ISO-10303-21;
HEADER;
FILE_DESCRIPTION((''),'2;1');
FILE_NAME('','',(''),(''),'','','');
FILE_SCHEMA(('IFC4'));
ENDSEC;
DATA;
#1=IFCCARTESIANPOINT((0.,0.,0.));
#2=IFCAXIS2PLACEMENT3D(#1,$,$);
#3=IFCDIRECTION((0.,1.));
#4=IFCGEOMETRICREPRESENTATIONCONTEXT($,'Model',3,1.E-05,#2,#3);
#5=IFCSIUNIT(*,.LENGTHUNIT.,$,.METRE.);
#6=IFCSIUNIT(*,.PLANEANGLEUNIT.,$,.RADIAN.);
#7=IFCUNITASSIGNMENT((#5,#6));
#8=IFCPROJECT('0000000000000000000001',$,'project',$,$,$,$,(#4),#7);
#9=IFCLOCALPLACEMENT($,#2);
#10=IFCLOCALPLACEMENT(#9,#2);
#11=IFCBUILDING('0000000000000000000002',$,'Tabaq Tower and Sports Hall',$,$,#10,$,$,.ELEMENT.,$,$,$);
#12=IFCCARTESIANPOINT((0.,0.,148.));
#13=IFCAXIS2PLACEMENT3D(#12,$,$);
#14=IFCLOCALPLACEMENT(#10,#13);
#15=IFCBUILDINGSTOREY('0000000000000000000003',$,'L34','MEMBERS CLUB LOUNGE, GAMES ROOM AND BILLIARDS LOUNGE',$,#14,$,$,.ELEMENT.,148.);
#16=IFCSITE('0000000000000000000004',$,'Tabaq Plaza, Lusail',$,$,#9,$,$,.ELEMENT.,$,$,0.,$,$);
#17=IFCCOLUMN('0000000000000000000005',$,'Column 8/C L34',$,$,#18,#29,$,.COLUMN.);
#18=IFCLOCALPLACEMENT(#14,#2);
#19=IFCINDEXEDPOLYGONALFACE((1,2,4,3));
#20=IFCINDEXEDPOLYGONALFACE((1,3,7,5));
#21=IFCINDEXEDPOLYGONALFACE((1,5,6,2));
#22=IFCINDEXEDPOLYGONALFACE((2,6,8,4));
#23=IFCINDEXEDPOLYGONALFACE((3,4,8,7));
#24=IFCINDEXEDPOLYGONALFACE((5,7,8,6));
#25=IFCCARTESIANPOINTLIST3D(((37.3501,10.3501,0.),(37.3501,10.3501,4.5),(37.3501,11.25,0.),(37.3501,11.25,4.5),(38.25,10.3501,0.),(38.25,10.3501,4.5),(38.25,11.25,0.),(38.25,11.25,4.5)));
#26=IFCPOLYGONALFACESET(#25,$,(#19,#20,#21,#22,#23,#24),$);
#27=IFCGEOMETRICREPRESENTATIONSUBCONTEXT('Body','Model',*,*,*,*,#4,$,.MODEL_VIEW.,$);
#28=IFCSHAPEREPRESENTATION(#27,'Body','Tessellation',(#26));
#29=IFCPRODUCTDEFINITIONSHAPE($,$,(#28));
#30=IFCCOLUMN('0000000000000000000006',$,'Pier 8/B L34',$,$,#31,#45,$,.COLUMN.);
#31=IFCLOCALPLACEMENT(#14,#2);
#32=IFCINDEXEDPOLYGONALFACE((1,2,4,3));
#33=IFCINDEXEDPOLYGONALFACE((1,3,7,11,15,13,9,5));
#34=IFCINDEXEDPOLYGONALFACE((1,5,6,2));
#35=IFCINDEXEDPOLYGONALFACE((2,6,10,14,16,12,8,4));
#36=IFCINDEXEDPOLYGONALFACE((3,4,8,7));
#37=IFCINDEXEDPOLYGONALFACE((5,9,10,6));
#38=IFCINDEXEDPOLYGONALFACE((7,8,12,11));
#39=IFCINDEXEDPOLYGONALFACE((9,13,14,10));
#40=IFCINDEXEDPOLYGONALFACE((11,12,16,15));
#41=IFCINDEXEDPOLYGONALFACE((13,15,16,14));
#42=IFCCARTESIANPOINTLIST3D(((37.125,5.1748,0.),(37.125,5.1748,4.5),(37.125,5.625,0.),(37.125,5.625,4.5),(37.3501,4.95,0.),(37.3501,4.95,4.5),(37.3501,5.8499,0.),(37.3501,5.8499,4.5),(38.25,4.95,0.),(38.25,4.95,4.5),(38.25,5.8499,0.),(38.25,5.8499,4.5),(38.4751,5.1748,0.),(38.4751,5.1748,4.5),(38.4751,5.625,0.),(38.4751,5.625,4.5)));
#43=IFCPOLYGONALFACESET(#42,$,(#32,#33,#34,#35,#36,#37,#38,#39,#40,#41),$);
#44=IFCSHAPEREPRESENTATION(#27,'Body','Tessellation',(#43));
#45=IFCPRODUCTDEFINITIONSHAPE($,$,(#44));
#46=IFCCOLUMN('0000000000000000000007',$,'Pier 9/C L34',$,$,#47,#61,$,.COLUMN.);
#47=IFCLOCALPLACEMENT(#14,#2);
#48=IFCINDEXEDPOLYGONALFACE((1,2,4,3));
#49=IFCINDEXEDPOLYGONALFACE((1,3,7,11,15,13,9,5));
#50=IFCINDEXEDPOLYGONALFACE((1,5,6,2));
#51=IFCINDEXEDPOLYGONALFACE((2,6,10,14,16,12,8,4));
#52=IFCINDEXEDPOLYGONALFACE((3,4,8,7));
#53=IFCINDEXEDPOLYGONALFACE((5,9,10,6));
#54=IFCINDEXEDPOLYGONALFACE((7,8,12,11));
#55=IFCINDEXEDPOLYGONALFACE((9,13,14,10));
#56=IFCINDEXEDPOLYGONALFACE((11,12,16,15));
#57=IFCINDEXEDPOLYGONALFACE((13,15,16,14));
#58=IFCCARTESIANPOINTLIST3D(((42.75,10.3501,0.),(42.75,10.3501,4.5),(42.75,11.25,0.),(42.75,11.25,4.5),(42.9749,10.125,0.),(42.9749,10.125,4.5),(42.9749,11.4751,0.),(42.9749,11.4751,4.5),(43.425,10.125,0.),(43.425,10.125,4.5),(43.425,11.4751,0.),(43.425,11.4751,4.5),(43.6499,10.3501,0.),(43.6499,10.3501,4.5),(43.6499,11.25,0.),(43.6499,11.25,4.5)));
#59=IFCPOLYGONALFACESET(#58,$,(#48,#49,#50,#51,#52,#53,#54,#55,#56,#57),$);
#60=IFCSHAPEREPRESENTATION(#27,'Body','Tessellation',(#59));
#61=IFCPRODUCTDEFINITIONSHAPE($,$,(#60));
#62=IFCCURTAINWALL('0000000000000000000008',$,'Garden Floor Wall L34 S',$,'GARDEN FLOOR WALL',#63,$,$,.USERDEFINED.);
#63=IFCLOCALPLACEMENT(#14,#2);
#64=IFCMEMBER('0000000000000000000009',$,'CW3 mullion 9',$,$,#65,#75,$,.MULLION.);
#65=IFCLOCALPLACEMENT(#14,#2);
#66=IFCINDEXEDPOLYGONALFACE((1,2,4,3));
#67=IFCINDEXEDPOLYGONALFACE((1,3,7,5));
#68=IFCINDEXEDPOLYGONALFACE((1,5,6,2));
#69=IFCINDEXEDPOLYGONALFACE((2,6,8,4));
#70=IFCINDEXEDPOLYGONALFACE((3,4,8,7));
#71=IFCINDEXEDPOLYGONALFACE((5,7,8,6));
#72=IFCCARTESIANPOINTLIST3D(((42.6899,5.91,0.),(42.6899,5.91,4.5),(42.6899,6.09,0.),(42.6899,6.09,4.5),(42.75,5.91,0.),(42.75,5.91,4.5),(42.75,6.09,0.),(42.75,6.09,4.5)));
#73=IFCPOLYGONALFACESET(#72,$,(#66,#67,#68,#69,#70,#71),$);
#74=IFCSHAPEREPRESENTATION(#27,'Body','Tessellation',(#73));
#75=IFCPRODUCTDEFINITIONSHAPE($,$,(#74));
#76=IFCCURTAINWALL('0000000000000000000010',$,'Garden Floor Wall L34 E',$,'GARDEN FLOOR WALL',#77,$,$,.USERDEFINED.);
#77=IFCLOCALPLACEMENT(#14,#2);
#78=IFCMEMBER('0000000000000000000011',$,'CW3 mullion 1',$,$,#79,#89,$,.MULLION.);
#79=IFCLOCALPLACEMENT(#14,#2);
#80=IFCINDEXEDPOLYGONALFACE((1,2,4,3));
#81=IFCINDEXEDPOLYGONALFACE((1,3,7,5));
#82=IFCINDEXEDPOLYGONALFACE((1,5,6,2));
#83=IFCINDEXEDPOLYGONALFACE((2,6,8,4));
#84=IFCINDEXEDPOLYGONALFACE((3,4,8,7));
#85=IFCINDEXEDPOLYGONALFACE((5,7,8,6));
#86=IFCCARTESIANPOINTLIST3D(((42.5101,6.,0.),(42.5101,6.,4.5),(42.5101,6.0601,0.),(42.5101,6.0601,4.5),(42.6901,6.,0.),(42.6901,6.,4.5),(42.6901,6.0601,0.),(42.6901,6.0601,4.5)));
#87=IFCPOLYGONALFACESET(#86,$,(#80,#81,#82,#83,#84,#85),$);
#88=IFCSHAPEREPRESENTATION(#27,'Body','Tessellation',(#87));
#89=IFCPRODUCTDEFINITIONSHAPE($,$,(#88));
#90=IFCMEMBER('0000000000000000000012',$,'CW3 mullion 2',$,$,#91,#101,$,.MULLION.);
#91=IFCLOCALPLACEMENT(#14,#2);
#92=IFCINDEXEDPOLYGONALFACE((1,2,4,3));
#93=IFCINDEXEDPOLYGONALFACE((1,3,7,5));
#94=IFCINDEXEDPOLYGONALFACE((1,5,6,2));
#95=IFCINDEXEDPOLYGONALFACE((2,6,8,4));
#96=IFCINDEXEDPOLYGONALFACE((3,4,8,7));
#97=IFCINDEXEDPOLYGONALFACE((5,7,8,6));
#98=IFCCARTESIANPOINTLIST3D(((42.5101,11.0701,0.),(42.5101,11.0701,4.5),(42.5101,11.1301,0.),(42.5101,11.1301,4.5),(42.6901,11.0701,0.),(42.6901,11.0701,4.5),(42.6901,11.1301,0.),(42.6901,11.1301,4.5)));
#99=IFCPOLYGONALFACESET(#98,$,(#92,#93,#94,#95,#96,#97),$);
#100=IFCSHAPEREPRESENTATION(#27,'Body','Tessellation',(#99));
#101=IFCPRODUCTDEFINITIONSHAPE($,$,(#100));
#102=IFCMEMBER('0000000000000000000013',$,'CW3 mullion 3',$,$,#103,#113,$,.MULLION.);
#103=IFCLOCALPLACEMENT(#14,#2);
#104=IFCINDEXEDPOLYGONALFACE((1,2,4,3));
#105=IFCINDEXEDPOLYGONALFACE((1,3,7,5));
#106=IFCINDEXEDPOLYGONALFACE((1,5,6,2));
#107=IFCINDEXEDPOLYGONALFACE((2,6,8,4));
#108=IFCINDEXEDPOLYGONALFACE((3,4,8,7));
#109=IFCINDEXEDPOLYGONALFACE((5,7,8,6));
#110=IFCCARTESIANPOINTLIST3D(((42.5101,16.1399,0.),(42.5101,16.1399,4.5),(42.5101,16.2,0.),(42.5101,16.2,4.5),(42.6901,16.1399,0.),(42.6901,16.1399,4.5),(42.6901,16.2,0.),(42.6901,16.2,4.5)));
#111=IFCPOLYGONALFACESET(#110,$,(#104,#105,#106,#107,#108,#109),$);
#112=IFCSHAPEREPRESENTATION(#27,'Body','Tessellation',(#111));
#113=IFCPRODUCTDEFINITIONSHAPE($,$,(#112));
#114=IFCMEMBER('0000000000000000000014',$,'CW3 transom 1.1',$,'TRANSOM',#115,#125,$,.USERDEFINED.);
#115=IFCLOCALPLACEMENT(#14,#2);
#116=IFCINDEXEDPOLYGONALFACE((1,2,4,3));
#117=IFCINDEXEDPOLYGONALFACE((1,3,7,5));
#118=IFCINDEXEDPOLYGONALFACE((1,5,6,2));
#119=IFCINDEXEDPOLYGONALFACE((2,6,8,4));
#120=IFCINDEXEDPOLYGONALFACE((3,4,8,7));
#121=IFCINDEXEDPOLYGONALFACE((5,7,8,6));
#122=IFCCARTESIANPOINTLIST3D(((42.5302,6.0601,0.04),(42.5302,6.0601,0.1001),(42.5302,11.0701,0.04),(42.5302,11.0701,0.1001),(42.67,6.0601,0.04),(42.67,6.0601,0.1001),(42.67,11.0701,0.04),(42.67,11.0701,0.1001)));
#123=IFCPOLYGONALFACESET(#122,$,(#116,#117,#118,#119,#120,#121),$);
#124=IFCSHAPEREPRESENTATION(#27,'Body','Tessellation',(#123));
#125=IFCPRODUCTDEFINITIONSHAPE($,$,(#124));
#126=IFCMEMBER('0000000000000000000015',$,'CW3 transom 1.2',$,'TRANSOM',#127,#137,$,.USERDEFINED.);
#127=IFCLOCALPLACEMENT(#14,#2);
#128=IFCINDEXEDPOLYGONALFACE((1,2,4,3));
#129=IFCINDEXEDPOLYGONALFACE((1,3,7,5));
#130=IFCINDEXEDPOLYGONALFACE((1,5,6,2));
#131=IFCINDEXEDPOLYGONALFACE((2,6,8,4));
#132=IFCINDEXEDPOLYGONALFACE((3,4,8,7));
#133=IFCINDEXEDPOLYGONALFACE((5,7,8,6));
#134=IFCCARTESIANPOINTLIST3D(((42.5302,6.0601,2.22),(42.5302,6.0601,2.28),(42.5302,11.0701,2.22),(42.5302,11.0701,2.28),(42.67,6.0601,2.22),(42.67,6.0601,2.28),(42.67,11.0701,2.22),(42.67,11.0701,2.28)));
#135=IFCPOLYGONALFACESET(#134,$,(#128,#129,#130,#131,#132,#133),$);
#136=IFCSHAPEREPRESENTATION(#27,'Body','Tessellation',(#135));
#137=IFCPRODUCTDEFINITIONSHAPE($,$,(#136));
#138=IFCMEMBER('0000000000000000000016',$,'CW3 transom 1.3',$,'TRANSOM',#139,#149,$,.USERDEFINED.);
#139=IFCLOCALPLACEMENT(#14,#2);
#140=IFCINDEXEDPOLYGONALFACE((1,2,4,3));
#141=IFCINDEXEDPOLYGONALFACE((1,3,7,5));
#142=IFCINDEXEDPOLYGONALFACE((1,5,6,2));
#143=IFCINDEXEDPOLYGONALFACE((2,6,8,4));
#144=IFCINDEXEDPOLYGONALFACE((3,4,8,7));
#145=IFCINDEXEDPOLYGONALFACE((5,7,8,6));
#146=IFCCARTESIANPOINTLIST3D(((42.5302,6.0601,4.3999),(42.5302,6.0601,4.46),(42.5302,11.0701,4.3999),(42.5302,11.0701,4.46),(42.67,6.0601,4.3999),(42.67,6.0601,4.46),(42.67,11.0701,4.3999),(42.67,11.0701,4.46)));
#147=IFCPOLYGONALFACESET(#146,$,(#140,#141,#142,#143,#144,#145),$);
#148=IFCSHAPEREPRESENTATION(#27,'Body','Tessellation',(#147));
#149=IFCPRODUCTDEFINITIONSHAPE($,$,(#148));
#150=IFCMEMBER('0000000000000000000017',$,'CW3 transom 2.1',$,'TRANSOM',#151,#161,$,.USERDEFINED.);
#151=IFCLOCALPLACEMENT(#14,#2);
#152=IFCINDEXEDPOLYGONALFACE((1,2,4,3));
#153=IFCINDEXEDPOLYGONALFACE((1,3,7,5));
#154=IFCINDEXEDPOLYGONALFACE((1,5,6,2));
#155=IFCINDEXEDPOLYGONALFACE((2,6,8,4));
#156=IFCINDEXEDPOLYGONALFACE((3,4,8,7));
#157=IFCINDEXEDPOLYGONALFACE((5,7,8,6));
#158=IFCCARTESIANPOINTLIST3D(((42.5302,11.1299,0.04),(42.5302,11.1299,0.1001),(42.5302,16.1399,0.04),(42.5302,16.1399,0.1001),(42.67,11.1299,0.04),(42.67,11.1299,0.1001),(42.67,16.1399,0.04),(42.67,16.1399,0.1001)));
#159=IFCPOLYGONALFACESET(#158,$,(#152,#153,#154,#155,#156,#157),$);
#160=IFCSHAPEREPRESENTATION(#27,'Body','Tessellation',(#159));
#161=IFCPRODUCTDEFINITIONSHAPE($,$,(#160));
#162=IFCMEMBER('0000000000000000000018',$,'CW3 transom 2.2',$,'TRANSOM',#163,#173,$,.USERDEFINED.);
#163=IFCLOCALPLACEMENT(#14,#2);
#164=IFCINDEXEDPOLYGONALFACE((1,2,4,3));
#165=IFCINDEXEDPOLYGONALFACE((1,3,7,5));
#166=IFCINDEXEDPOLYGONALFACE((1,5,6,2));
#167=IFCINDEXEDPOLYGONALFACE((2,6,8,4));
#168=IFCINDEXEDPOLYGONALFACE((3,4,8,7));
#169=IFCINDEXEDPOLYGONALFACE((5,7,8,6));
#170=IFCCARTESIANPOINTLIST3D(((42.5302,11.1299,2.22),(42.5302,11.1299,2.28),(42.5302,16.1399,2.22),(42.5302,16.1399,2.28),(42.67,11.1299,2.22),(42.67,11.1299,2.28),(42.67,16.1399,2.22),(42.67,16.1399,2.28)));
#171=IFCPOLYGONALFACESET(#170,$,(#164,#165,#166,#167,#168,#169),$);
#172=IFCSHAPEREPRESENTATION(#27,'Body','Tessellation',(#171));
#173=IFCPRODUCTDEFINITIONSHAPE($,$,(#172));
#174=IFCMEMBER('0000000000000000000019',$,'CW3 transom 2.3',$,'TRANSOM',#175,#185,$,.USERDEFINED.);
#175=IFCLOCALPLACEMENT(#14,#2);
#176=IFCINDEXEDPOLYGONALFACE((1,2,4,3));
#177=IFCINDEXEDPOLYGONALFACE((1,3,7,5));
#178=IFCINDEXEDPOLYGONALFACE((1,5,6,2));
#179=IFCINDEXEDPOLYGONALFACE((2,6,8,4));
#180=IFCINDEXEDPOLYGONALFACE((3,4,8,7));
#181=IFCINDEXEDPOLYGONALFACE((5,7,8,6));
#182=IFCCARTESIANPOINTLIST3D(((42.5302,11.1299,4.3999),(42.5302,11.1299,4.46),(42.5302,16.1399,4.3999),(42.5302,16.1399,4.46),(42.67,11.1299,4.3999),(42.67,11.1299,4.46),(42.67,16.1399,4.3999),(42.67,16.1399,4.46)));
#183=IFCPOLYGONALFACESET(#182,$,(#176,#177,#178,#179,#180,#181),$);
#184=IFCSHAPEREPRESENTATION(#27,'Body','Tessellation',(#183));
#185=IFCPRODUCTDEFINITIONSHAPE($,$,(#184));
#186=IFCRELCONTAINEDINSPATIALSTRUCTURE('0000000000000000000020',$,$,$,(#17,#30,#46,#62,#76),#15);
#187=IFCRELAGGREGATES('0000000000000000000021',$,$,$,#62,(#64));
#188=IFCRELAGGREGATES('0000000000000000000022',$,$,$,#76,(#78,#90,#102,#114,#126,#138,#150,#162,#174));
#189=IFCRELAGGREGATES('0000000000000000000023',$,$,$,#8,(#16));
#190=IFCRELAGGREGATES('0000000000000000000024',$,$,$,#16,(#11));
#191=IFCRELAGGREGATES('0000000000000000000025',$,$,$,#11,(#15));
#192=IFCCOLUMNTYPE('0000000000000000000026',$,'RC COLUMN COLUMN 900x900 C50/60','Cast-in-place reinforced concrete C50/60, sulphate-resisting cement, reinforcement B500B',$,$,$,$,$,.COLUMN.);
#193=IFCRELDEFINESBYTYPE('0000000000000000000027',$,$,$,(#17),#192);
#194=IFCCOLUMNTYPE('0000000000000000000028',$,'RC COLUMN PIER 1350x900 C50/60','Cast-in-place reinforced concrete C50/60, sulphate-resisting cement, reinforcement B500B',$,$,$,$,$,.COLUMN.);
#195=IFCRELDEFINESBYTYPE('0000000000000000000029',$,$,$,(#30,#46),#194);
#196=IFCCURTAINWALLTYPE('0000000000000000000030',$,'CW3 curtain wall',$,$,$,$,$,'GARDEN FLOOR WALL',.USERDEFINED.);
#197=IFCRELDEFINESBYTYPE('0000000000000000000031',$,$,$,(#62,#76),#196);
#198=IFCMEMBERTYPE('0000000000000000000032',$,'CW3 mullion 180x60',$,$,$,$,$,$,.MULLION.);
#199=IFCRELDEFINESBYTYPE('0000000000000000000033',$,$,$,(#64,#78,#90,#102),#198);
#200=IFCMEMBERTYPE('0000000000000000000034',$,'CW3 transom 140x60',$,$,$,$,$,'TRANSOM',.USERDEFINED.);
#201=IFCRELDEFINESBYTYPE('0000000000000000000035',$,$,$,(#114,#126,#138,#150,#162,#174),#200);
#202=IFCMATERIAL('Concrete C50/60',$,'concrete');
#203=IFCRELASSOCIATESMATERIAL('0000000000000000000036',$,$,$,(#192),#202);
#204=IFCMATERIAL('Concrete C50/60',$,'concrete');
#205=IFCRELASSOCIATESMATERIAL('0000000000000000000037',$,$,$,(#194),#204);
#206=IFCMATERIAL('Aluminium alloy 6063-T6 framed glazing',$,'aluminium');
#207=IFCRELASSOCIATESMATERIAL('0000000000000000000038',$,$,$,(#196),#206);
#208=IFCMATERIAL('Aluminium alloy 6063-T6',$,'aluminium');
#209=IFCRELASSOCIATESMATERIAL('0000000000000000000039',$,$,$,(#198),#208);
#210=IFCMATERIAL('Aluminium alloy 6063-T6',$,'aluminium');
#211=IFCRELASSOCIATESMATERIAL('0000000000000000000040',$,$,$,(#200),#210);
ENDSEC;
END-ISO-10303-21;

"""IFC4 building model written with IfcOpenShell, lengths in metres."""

from ifc_helpers import new_model, si_unit, direction, frame, origin, origin_2d, place, context, subcontext, project, spatial, polyline, rectangle, outline, extrude, material, material_profile, profile_set, type_object, element, aggregate, save


model = new_model("IFC4")

# Units and contexts
model_context = context("Model", 3, precision=1e-05, world=origin(), true_north=direction((0.0, 1.0)))
body_context = subcontext(model_context, "Body", "Model", "MODEL_VIEW")
ifc_project = project(units=[si_unit("LENGTHUNIT", "METRE"), si_unit("PLANEANGLEUNIT", "RADIAN")], contexts=[model_context])

# Site, building, storey
site_placement = place(None, origin())
site = spatial("IfcSite", under=ifc_project, at=site_placement, Name="Tabaq Plaza, Lusail", CompositionType="ELEMENT", RefElevation=0.0)
building_placement = place(site_placement, origin())
building = spatial("IfcBuilding", under=site, at=building_placement, Name="Tabaq Tower and Sports Hall", CompositionType="ELEMENT")
storey_placement = place(building_placement, frame((0.0, 0.0, 148.0)))
storey = spatial("IfcBuildingStorey", under=building, at=storey_placement, Name="L34", Description="MEMBERS CLUB LOUNGE, GAMES ROOM AND BILLIARDS LOUNGE", CompositionType="ELEMENT", Elevation=148.0)

# Columns
ifc_material_1 = material(Name="Concrete C50/60", Category="concrete")
ifc_material_profile_1 = material_profile(ifc_material_1, rectangle(XDim=0.8999, YDim=0.8999, at=origin_2d()), Name="COLUMN 900x900")
ifc_profile_set_1 = profile_set([ifc_material_profile_1], Name="Concrete C50/60")
column_type_1 = type_object("IfcColumnType", Name="RC COLUMN COLUMN 900x900 C50/60", Description="Cast-in-place reinforced concrete C50/60, sulphate-resisting cement, reinforcement B500B", PredefinedType="COLUMN", material=ifc_profile_set_1)
column_placement = place(storey_placement, frame((37.8, 10.8, 0.0), z_axis=(0.0, 0.0, 1.0), x_axis=(1.0, 0.0, 0.0)))
element("IfcColumn", 1, at=column_placement, inside=storey, type_object=column_type_1, Name="Column 8/C L34", PredefinedType="COLUMN", context=body_context, shape_type="SweptSolid", body=[
    extrude(rectangle(XDim=0.8999, YDim=0.8999, at=origin_2d()), origin(), (0.0, 0.0, 1.0), 4.5),
])
ifc_material_2 = material(Name="Concrete C50/60", Category="concrete")
ifc_material_profile_2 = material_profile(ifc_material_2, outline(polyline([(-0.45, -0.45), (0.45, -0.45), (0.675, -0.2251), (0.675, 0.2251), (0.45, 0.45), (-0.45, 0.45), (-0.675, 0.2251), (-0.675, -0.2251), (-0.45, -0.45)])), Name="PIER 1350x900")
ifc_profile_set_2 = profile_set([ifc_material_profile_2], Name="Concrete C50/60")
column_type_2 = type_object("IfcColumnType", Name="RC COLUMN PIER 1350x900 C50/60", Description="Cast-in-place reinforced concrete C50/60, sulphate-resisting cement, reinforcement B500B", PredefinedType="COLUMN", material=ifc_profile_set_2)
for number, where, z_axis, x_axis, name in (
    (2, (37.8, 5.3999, 0.0), (0.0, 0.0, 1.0), (1.0, 0.0, 0.0), "Pier 8/B L34"),
    (3, (43.2, 10.8, 0.0), (0.0, 0.0, 1.0), (0.0, 1.0, 0.0), "Pier 9/C L34"),
):
    element("IfcColumn", number, at=place(storey_placement, frame(where, z_axis=z_axis, x_axis=x_axis)), inside=storey, type_object=column_type_2, Name=name, PredefinedType="COLUMN", context=body_context, shape_type="SweptSolid", body=[
        extrude(outline(polyline([(-0.45, -0.45), (0.45, -0.45), (0.675, -0.2251), (0.675, 0.2251), (0.45, 0.45), (-0.45, 0.45), (-0.675, 0.2251), (-0.675, -0.2251), (-0.45, -0.45)])), origin(), (0.0, 0.0, 1.0), 4.5),
    ])

# Curtain wall, member
ifc_material_3 = material(Name="Aluminium alloy 6063-T6 framed glazing", Category="aluminium")
curtain_wall_type = type_object("IfcCurtainWallType", Name="CW3 curtain wall", ElementType="GARDEN FLOOR WALL", PredefinedType="USERDEFINED", material=ifc_material_3)
curtain_wall_1_placement = place(storey_placement, origin())
curtain_wall_1 = element("IfcCurtainWall", 4, at=curtain_wall_1_placement, inside=storey, type_object=curtain_wall_type, Name="Garden Floor Wall L34 S", ObjectType="GARDEN FLOOR WALL", PredefinedType="USERDEFINED")
ifc_material_4 = material(Name="Aluminium alloy 6063-T6", Category="aluminium")
ifc_material_profile_3 = material_profile(ifc_material_4, rectangle(XDim=0.1799, YDim=0.0601, at=origin_2d()), Name="MULLION 180x60")
ifc_profile_set_3 = profile_set([ifc_material_profile_3], Name="Aluminium alloy 6063-T6")
member_type_1 = type_object("IfcMemberType", Name="CW3 mullion 180x60", PredefinedType="MULLION", material=ifc_profile_set_3)
member_1_placement = place(storey_placement, frame((42.72, 6.0, 0.0), z_axis=(0.0, 0.0, 1.0), x_axis=(0.0, 1.0, 0.0)))
member_1 = element("IfcMember", 5, at=member_1_placement, type_object=member_type_1, Name="CW3 mullion 9", PredefinedType="MULLION", context=body_context, shape_type="SweptSolid", body=[
    extrude(rectangle(XDim=0.1799, YDim=0.0601, at=origin_2d()), origin(), (0.0, 0.0, 1.0), 4.5),
])

# Curtain wall, members
curtain_wall_2_placement = place(storey_placement, origin())
curtain_wall_2 = element("IfcCurtainWall", 6, at=curtain_wall_2_placement, inside=storey, type_object=curtain_wall_type, Name="Garden Floor Wall L34 E", ObjectType="GARDEN FLOOR WALL", PredefinedType="USERDEFINED")
member_2_placement = place(storey_placement, frame((42.6001, 6.03, 0.0), z_axis=(0.0, 0.0, 1.0), x_axis=(-1.0, 0.0, 0.0)))
member_2 = element("IfcMember", 7, at=member_2_placement, type_object=member_type_1, Name="CW3 mullion 1", PredefinedType="MULLION", context=body_context, shape_type="SweptSolid", body=[
    extrude(rectangle(XDim=0.1799, YDim=0.0601, at=origin_2d()), origin(), (0.0, 0.0, 1.0), 4.5),
])
member_3_placement = place(storey_placement, frame((42.6001, 11.1001, 0.0), z_axis=(0.0, 0.0, 1.0), x_axis=(-1.0, 0.0, 0.0)))
member_3 = element("IfcMember", 8, at=member_3_placement, type_object=member_type_1, Name="CW3 mullion 2", PredefinedType="MULLION", context=body_context, shape_type="SweptSolid", body=[
    extrude(rectangle(XDim=0.1799, YDim=0.0601, at=origin_2d()), origin(), (0.0, 0.0, 1.0), 4.5),
])
member_4_placement = place(storey_placement, frame((42.6001, 16.1699, 0.0), z_axis=(0.0, 0.0, 1.0), x_axis=(-1.0, 0.0, 0.0)))
member_4 = element("IfcMember", 9, at=member_4_placement, type_object=member_type_1, Name="CW3 mullion 3", PredefinedType="MULLION", context=body_context, shape_type="SweptSolid", body=[
    extrude(rectangle(XDim=0.1799, YDim=0.0601, at=origin_2d()), origin(), (0.0, 0.0, 1.0), 4.5),
])
ifc_material_5 = material(Name="Aluminium alloy 6063-T6", Category="aluminium")
ifc_material_profile_4 = material_profile(ifc_material_5, rectangle(XDim=0.1399, YDim=0.0601, at=origin_2d()), Name="TRANSOM 140x60")
ifc_profile_set_4 = profile_set([ifc_material_profile_4], Name="Aluminium alloy 6063-T6")
member_type_2 = type_object("IfcMemberType", Name="CW3 transom 140x60", ElementType="TRANSOM", PredefinedType="USERDEFINED", material=ifc_profile_set_4)
member_5_placement = place(storey_placement, frame((42.6001, 6.0601, 0.0701), z_axis=(0.0, 1.0, 0.0), x_axis=(-1.0, 0.0, 0.0)))
member_5 = element("IfcMember", 10, at=member_5_placement, type_object=member_type_2, Name="CW3 transom 1.1", ObjectType="TRANSOM", PredefinedType="USERDEFINED", context=body_context, shape_type="SweptSolid", body=[
    extrude(rectangle(XDim=0.1399, YDim=0.0601, at=origin_2d()), origin(), (0.0, 0.0, 1.0), 5.01),
])
member_6_placement = place(storey_placement, frame((42.6001, 6.0601, 2.25), z_axis=(0.0, 1.0, 0.0), x_axis=(-1.0, 0.0, 0.0)))
member_6 = element("IfcMember", 11, at=member_6_placement, type_object=member_type_2, Name="CW3 transom 1.2", ObjectType="TRANSOM", PredefinedType="USERDEFINED", context=body_context, shape_type="SweptSolid", body=[
    extrude(rectangle(XDim=0.1399, YDim=0.0601, at=origin_2d()), origin(), (0.0, 0.0, 1.0), 5.01),
])
member_7_placement = place(storey_placement, frame((42.6001, 6.0601, 4.4299), z_axis=(0.0, 1.0, 0.0), x_axis=(-1.0, 0.0, 0.0)))
member_7 = element("IfcMember", 12, at=member_7_placement, type_object=member_type_2, Name="CW3 transom 1.3", ObjectType="TRANSOM", PredefinedType="USERDEFINED", context=body_context, shape_type="SweptSolid", body=[
    extrude(rectangle(XDim=0.1399, YDim=0.0601, at=origin_2d()), origin(), (0.0, 0.0, 1.0), 5.01),
])
member_8_placement = place(storey_placement, frame((42.6001, 11.1299, 0.0701), z_axis=(0.0, 1.0, 0.0), x_axis=(-1.0, 0.0, 0.0)))
member_8 = element("IfcMember", 13, at=member_8_placement, type_object=member_type_2, Name="CW3 transom 2.1", ObjectType="TRANSOM", PredefinedType="USERDEFINED", context=body_context, shape_type="SweptSolid", body=[
    extrude(rectangle(XDim=0.1399, YDim=0.0601, at=origin_2d()), origin(), (0.0, 0.0, 1.0), 5.01),
])
member_9_placement = place(storey_placement, frame((42.6001, 11.1299, 2.25), z_axis=(0.0, 1.0, 0.0), x_axis=(-1.0, 0.0, 0.0)))
member_9 = element("IfcMember", 14, at=member_9_placement, type_object=member_type_2, Name="CW3 transom 2.2", ObjectType="TRANSOM", PredefinedType="USERDEFINED", context=body_context, shape_type="SweptSolid", body=[
    extrude(rectangle(XDim=0.1399, YDim=0.0601, at=origin_2d()), origin(), (0.0, 0.0, 1.0), 5.01),
])
member_10_placement = place(storey_placement, frame((42.6001, 11.1299, 4.4299), z_axis=(0.0, 1.0, 0.0), x_axis=(-1.0, 0.0, 0.0)))
member_10 = element("IfcMember", 15, at=member_10_placement, type_object=member_type_2, Name="CW3 transom 2.3", ObjectType="TRANSOM", PredefinedType="USERDEFINED", context=body_context, shape_type="SweptSolid", body=[
    extrude(rectangle(XDim=0.1399, YDim=0.0601, at=origin_2d()), origin(), (0.0, 0.0, 1.0), 5.01),
])

aggregate(curtain_wall_1, [member_1])
aggregate(curtain_wall_2, [member_2, member_3, member_4, member_5, member_6, member_7, member_8, member_9, member_10])

save(model, "model.ifc")
